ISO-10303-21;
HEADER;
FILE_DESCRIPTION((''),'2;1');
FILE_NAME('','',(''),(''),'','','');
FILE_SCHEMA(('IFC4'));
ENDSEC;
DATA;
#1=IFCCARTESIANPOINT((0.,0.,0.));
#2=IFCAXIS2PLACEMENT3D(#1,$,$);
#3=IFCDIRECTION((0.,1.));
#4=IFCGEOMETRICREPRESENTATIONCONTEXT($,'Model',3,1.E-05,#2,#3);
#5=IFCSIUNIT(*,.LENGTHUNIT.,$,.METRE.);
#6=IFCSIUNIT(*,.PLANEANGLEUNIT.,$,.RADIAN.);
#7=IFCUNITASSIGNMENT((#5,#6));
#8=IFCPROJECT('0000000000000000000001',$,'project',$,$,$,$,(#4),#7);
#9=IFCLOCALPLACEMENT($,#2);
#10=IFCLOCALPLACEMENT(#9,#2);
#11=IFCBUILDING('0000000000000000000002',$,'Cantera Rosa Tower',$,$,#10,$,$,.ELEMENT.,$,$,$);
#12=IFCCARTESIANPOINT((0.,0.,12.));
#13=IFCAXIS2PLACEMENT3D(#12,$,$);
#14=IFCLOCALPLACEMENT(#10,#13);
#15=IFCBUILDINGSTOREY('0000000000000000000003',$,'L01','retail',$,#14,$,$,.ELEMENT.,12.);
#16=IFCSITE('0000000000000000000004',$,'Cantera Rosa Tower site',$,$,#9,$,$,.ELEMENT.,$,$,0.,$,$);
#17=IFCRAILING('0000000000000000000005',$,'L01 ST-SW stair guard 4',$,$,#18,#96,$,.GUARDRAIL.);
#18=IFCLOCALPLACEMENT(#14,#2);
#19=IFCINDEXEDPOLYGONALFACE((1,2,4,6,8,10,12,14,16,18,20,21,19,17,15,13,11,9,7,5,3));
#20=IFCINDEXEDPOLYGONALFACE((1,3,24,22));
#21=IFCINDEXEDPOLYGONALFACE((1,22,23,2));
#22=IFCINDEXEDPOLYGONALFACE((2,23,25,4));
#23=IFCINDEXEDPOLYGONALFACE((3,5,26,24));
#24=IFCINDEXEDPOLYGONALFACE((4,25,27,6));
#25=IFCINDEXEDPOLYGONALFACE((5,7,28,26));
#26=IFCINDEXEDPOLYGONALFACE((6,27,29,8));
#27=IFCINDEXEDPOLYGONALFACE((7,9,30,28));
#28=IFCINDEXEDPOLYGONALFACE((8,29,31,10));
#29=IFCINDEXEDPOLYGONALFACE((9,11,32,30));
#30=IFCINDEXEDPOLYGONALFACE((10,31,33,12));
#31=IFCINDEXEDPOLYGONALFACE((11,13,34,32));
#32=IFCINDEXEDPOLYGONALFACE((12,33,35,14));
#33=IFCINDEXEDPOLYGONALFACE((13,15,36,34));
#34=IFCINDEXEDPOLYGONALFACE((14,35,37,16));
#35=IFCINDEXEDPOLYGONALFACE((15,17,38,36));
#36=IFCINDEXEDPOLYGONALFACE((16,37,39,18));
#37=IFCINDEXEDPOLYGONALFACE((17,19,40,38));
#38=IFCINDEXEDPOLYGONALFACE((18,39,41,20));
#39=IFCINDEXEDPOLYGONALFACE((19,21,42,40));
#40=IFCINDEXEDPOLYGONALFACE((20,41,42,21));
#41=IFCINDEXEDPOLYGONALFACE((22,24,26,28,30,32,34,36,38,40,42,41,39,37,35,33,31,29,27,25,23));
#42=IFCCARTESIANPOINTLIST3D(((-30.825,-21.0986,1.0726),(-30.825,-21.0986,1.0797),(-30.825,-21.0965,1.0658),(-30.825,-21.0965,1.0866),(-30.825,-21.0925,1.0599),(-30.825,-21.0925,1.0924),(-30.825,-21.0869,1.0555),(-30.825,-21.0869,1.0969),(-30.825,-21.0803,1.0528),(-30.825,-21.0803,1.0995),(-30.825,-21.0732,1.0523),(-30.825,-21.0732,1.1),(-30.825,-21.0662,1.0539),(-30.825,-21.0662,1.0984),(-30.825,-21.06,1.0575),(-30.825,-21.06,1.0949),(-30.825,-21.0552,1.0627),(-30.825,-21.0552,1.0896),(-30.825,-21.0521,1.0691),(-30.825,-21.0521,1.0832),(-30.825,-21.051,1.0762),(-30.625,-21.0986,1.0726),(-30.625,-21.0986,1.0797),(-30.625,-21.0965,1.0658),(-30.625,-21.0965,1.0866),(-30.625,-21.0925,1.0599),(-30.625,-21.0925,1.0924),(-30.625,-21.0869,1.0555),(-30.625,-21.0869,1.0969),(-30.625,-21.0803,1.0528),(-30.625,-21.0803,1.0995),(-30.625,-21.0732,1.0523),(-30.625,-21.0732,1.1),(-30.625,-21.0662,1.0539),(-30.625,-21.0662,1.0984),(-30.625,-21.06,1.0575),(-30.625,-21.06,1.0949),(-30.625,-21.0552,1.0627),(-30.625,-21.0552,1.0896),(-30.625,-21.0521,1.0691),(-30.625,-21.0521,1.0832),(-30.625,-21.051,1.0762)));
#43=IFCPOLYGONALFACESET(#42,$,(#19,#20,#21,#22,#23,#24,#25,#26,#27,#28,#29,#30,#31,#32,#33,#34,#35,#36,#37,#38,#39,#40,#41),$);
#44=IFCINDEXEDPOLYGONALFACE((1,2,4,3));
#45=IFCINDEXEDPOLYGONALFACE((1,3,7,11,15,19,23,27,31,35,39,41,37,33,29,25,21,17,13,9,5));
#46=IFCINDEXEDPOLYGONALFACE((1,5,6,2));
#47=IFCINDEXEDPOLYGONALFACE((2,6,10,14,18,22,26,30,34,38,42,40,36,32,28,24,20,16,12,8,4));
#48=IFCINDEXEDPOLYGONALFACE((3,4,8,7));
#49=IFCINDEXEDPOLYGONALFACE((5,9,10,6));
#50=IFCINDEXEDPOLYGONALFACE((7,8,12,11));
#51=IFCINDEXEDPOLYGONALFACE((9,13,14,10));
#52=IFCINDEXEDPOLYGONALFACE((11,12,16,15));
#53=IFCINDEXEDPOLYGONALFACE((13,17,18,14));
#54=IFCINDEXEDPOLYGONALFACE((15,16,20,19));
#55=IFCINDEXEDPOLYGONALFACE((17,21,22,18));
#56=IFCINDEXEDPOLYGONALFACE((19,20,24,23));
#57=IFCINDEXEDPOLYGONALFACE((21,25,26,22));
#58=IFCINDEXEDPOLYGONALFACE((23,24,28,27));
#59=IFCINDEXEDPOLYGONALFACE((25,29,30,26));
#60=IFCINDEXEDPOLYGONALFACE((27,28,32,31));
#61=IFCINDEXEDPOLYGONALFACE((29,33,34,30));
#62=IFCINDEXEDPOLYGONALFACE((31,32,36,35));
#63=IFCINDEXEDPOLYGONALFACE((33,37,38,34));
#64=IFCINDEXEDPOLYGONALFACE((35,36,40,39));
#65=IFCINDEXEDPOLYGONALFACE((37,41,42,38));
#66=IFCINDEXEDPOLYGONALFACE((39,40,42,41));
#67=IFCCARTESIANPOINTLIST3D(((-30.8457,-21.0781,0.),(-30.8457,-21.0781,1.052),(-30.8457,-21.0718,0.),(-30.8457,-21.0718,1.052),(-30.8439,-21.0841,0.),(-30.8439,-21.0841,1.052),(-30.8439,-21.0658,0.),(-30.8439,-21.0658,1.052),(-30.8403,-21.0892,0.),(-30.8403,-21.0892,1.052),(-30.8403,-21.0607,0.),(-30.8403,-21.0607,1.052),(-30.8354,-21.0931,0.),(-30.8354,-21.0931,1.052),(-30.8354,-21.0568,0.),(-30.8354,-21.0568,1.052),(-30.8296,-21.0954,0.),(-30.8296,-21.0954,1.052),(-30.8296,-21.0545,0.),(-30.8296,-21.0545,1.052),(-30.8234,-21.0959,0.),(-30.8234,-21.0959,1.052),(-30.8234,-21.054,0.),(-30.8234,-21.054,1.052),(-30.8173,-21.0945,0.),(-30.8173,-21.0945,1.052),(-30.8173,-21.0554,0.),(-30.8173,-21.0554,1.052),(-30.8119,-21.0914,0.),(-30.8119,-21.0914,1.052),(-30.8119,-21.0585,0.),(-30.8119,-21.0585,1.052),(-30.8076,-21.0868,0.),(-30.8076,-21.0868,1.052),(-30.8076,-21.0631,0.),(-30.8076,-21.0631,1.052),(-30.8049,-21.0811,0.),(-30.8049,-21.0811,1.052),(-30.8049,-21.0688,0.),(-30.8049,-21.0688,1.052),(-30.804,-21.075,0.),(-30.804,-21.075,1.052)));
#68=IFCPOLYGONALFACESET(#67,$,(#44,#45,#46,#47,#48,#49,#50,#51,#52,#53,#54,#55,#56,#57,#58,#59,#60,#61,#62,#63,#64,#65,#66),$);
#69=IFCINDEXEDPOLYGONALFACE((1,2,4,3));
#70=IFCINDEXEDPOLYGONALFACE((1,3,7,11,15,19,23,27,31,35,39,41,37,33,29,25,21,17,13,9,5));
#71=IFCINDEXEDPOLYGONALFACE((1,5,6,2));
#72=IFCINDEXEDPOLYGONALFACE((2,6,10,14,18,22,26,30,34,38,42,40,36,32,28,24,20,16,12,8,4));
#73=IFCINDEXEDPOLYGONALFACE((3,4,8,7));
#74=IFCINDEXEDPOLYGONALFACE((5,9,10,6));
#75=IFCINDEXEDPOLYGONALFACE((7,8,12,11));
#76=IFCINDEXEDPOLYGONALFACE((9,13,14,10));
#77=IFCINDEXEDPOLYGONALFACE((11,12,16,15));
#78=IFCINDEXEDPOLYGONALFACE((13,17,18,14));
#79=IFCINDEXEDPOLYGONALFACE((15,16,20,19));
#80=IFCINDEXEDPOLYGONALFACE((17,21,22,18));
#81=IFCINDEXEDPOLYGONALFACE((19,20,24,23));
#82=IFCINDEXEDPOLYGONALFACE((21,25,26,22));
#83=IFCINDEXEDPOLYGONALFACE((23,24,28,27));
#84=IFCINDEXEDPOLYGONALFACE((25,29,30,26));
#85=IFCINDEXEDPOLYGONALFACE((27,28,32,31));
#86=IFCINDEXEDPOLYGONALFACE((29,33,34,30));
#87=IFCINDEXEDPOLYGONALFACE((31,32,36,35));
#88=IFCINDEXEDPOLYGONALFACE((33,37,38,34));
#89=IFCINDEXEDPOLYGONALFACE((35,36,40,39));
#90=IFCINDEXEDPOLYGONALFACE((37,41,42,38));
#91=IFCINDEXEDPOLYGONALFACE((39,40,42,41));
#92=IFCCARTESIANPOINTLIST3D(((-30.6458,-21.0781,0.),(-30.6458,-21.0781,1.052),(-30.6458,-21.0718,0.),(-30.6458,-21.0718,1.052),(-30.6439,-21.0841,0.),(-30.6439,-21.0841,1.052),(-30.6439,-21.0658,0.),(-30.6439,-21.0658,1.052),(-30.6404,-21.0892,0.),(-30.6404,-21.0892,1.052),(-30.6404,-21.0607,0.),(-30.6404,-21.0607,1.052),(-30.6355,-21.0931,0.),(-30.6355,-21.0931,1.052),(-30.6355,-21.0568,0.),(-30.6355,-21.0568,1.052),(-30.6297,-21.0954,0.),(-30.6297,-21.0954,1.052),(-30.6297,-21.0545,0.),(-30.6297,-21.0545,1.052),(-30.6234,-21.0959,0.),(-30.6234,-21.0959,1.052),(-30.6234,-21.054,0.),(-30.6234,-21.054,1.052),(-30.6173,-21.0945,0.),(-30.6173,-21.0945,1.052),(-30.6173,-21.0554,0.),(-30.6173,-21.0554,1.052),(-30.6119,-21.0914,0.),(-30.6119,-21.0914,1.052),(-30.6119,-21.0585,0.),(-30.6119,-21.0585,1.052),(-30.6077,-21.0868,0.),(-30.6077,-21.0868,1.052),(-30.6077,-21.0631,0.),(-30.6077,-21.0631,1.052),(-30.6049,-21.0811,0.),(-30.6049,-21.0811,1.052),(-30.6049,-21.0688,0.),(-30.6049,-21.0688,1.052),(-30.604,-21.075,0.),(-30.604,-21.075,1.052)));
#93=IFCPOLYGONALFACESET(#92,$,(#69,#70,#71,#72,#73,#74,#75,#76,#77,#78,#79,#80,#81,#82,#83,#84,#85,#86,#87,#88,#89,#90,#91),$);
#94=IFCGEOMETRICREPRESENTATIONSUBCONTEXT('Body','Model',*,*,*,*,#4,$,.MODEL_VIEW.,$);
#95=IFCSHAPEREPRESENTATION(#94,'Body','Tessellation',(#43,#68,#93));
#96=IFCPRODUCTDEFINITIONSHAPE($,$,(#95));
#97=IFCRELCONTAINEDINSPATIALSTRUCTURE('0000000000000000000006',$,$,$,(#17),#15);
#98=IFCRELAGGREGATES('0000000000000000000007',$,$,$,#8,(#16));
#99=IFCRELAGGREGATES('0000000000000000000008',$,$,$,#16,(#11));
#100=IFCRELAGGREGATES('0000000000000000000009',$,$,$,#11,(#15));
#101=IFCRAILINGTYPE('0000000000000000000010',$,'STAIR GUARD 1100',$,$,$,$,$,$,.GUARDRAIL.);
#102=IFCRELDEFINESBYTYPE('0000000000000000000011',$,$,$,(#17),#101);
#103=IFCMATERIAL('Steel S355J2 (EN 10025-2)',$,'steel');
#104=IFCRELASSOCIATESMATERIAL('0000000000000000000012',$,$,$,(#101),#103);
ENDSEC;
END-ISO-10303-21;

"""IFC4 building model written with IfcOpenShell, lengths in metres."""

from ifc_helpers import new_model, si_unit, direction, frame, origin, origin_2d, place, context, subcontext, project, spatial, circle, extrude, material, type_object, element, save


model = new_model("IFC4")

# Units and contexts
model_context = context("Model", 3, precision=1e-05, world=origin(), true_north=direction((0.0, 1.0)))
body_context = subcontext(model_context, "Body", "Model", "MODEL_VIEW")
ifc_project = project(units=[si_unit("LENGTHUNIT", "METRE"), si_unit("PLANEANGLEUNIT", "RADIAN")], contexts=[model_context])

# Site, building, storey
site_placement = place(None, origin())
site = spatial("IfcSite", under=ifc_project, at=site_placement, Name="Cantera Rosa Tower site", CompositionType="ELEMENT", RefElevation=0.0)
building_placement = place(site_placement, origin())
building = spatial("IfcBuilding", under=site, at=building_placement, Name="Cantera Rosa Tower", CompositionType="ELEMENT")
storey_placement = place(building_placement, frame((0.0, 0.0, 12.0)))
storey = spatial("IfcBuildingStorey", under=building, at=storey_placement, Name="L01", Description="retail", CompositionType="ELEMENT", Elevation=12.0)

# Railing
ifc_material_1 = material(Name="Steel S355J2 (EN 10025-2)", Category="steel")
railing_type_1 = type_object("IfcRailingType", Name="STAIR GUARD 1100", PredefinedType="GUARDRAIL", material=ifc_material_1)
railing_1_placement = place(storey_placement, frame((-30.825, -21.075, 0.0)))
element("IfcRailing", 1, at=railing_1_placement, inside=storey, type_object=railing_type_1, Name="L01 ST-SW stair guard 4", PredefinedType="GUARDRAIL", context=body_context, shape_type="SweptSolid", body=[
    extrude(circle(Radius=0.0239, at=origin_2d()), frame((0.0, 0.0, 1.0762), z_axis=(1.0, 0.0, 0.0), x_axis=(0.0, 1.0, 0.0)), (0.0, 0.0, 1.0), 0.2),
    extrude(circle(Radius=0.021, at=origin_2d()), origin(), (0.0, 0.0, 1.0), 1.052),
    extrude(circle(Radius=0.021, at=origin_2d()), frame((0.2, 0.0, 0.0)), (0.0, 0.0, 1.0), 1.052),
])

save(model, "model.ifc")
